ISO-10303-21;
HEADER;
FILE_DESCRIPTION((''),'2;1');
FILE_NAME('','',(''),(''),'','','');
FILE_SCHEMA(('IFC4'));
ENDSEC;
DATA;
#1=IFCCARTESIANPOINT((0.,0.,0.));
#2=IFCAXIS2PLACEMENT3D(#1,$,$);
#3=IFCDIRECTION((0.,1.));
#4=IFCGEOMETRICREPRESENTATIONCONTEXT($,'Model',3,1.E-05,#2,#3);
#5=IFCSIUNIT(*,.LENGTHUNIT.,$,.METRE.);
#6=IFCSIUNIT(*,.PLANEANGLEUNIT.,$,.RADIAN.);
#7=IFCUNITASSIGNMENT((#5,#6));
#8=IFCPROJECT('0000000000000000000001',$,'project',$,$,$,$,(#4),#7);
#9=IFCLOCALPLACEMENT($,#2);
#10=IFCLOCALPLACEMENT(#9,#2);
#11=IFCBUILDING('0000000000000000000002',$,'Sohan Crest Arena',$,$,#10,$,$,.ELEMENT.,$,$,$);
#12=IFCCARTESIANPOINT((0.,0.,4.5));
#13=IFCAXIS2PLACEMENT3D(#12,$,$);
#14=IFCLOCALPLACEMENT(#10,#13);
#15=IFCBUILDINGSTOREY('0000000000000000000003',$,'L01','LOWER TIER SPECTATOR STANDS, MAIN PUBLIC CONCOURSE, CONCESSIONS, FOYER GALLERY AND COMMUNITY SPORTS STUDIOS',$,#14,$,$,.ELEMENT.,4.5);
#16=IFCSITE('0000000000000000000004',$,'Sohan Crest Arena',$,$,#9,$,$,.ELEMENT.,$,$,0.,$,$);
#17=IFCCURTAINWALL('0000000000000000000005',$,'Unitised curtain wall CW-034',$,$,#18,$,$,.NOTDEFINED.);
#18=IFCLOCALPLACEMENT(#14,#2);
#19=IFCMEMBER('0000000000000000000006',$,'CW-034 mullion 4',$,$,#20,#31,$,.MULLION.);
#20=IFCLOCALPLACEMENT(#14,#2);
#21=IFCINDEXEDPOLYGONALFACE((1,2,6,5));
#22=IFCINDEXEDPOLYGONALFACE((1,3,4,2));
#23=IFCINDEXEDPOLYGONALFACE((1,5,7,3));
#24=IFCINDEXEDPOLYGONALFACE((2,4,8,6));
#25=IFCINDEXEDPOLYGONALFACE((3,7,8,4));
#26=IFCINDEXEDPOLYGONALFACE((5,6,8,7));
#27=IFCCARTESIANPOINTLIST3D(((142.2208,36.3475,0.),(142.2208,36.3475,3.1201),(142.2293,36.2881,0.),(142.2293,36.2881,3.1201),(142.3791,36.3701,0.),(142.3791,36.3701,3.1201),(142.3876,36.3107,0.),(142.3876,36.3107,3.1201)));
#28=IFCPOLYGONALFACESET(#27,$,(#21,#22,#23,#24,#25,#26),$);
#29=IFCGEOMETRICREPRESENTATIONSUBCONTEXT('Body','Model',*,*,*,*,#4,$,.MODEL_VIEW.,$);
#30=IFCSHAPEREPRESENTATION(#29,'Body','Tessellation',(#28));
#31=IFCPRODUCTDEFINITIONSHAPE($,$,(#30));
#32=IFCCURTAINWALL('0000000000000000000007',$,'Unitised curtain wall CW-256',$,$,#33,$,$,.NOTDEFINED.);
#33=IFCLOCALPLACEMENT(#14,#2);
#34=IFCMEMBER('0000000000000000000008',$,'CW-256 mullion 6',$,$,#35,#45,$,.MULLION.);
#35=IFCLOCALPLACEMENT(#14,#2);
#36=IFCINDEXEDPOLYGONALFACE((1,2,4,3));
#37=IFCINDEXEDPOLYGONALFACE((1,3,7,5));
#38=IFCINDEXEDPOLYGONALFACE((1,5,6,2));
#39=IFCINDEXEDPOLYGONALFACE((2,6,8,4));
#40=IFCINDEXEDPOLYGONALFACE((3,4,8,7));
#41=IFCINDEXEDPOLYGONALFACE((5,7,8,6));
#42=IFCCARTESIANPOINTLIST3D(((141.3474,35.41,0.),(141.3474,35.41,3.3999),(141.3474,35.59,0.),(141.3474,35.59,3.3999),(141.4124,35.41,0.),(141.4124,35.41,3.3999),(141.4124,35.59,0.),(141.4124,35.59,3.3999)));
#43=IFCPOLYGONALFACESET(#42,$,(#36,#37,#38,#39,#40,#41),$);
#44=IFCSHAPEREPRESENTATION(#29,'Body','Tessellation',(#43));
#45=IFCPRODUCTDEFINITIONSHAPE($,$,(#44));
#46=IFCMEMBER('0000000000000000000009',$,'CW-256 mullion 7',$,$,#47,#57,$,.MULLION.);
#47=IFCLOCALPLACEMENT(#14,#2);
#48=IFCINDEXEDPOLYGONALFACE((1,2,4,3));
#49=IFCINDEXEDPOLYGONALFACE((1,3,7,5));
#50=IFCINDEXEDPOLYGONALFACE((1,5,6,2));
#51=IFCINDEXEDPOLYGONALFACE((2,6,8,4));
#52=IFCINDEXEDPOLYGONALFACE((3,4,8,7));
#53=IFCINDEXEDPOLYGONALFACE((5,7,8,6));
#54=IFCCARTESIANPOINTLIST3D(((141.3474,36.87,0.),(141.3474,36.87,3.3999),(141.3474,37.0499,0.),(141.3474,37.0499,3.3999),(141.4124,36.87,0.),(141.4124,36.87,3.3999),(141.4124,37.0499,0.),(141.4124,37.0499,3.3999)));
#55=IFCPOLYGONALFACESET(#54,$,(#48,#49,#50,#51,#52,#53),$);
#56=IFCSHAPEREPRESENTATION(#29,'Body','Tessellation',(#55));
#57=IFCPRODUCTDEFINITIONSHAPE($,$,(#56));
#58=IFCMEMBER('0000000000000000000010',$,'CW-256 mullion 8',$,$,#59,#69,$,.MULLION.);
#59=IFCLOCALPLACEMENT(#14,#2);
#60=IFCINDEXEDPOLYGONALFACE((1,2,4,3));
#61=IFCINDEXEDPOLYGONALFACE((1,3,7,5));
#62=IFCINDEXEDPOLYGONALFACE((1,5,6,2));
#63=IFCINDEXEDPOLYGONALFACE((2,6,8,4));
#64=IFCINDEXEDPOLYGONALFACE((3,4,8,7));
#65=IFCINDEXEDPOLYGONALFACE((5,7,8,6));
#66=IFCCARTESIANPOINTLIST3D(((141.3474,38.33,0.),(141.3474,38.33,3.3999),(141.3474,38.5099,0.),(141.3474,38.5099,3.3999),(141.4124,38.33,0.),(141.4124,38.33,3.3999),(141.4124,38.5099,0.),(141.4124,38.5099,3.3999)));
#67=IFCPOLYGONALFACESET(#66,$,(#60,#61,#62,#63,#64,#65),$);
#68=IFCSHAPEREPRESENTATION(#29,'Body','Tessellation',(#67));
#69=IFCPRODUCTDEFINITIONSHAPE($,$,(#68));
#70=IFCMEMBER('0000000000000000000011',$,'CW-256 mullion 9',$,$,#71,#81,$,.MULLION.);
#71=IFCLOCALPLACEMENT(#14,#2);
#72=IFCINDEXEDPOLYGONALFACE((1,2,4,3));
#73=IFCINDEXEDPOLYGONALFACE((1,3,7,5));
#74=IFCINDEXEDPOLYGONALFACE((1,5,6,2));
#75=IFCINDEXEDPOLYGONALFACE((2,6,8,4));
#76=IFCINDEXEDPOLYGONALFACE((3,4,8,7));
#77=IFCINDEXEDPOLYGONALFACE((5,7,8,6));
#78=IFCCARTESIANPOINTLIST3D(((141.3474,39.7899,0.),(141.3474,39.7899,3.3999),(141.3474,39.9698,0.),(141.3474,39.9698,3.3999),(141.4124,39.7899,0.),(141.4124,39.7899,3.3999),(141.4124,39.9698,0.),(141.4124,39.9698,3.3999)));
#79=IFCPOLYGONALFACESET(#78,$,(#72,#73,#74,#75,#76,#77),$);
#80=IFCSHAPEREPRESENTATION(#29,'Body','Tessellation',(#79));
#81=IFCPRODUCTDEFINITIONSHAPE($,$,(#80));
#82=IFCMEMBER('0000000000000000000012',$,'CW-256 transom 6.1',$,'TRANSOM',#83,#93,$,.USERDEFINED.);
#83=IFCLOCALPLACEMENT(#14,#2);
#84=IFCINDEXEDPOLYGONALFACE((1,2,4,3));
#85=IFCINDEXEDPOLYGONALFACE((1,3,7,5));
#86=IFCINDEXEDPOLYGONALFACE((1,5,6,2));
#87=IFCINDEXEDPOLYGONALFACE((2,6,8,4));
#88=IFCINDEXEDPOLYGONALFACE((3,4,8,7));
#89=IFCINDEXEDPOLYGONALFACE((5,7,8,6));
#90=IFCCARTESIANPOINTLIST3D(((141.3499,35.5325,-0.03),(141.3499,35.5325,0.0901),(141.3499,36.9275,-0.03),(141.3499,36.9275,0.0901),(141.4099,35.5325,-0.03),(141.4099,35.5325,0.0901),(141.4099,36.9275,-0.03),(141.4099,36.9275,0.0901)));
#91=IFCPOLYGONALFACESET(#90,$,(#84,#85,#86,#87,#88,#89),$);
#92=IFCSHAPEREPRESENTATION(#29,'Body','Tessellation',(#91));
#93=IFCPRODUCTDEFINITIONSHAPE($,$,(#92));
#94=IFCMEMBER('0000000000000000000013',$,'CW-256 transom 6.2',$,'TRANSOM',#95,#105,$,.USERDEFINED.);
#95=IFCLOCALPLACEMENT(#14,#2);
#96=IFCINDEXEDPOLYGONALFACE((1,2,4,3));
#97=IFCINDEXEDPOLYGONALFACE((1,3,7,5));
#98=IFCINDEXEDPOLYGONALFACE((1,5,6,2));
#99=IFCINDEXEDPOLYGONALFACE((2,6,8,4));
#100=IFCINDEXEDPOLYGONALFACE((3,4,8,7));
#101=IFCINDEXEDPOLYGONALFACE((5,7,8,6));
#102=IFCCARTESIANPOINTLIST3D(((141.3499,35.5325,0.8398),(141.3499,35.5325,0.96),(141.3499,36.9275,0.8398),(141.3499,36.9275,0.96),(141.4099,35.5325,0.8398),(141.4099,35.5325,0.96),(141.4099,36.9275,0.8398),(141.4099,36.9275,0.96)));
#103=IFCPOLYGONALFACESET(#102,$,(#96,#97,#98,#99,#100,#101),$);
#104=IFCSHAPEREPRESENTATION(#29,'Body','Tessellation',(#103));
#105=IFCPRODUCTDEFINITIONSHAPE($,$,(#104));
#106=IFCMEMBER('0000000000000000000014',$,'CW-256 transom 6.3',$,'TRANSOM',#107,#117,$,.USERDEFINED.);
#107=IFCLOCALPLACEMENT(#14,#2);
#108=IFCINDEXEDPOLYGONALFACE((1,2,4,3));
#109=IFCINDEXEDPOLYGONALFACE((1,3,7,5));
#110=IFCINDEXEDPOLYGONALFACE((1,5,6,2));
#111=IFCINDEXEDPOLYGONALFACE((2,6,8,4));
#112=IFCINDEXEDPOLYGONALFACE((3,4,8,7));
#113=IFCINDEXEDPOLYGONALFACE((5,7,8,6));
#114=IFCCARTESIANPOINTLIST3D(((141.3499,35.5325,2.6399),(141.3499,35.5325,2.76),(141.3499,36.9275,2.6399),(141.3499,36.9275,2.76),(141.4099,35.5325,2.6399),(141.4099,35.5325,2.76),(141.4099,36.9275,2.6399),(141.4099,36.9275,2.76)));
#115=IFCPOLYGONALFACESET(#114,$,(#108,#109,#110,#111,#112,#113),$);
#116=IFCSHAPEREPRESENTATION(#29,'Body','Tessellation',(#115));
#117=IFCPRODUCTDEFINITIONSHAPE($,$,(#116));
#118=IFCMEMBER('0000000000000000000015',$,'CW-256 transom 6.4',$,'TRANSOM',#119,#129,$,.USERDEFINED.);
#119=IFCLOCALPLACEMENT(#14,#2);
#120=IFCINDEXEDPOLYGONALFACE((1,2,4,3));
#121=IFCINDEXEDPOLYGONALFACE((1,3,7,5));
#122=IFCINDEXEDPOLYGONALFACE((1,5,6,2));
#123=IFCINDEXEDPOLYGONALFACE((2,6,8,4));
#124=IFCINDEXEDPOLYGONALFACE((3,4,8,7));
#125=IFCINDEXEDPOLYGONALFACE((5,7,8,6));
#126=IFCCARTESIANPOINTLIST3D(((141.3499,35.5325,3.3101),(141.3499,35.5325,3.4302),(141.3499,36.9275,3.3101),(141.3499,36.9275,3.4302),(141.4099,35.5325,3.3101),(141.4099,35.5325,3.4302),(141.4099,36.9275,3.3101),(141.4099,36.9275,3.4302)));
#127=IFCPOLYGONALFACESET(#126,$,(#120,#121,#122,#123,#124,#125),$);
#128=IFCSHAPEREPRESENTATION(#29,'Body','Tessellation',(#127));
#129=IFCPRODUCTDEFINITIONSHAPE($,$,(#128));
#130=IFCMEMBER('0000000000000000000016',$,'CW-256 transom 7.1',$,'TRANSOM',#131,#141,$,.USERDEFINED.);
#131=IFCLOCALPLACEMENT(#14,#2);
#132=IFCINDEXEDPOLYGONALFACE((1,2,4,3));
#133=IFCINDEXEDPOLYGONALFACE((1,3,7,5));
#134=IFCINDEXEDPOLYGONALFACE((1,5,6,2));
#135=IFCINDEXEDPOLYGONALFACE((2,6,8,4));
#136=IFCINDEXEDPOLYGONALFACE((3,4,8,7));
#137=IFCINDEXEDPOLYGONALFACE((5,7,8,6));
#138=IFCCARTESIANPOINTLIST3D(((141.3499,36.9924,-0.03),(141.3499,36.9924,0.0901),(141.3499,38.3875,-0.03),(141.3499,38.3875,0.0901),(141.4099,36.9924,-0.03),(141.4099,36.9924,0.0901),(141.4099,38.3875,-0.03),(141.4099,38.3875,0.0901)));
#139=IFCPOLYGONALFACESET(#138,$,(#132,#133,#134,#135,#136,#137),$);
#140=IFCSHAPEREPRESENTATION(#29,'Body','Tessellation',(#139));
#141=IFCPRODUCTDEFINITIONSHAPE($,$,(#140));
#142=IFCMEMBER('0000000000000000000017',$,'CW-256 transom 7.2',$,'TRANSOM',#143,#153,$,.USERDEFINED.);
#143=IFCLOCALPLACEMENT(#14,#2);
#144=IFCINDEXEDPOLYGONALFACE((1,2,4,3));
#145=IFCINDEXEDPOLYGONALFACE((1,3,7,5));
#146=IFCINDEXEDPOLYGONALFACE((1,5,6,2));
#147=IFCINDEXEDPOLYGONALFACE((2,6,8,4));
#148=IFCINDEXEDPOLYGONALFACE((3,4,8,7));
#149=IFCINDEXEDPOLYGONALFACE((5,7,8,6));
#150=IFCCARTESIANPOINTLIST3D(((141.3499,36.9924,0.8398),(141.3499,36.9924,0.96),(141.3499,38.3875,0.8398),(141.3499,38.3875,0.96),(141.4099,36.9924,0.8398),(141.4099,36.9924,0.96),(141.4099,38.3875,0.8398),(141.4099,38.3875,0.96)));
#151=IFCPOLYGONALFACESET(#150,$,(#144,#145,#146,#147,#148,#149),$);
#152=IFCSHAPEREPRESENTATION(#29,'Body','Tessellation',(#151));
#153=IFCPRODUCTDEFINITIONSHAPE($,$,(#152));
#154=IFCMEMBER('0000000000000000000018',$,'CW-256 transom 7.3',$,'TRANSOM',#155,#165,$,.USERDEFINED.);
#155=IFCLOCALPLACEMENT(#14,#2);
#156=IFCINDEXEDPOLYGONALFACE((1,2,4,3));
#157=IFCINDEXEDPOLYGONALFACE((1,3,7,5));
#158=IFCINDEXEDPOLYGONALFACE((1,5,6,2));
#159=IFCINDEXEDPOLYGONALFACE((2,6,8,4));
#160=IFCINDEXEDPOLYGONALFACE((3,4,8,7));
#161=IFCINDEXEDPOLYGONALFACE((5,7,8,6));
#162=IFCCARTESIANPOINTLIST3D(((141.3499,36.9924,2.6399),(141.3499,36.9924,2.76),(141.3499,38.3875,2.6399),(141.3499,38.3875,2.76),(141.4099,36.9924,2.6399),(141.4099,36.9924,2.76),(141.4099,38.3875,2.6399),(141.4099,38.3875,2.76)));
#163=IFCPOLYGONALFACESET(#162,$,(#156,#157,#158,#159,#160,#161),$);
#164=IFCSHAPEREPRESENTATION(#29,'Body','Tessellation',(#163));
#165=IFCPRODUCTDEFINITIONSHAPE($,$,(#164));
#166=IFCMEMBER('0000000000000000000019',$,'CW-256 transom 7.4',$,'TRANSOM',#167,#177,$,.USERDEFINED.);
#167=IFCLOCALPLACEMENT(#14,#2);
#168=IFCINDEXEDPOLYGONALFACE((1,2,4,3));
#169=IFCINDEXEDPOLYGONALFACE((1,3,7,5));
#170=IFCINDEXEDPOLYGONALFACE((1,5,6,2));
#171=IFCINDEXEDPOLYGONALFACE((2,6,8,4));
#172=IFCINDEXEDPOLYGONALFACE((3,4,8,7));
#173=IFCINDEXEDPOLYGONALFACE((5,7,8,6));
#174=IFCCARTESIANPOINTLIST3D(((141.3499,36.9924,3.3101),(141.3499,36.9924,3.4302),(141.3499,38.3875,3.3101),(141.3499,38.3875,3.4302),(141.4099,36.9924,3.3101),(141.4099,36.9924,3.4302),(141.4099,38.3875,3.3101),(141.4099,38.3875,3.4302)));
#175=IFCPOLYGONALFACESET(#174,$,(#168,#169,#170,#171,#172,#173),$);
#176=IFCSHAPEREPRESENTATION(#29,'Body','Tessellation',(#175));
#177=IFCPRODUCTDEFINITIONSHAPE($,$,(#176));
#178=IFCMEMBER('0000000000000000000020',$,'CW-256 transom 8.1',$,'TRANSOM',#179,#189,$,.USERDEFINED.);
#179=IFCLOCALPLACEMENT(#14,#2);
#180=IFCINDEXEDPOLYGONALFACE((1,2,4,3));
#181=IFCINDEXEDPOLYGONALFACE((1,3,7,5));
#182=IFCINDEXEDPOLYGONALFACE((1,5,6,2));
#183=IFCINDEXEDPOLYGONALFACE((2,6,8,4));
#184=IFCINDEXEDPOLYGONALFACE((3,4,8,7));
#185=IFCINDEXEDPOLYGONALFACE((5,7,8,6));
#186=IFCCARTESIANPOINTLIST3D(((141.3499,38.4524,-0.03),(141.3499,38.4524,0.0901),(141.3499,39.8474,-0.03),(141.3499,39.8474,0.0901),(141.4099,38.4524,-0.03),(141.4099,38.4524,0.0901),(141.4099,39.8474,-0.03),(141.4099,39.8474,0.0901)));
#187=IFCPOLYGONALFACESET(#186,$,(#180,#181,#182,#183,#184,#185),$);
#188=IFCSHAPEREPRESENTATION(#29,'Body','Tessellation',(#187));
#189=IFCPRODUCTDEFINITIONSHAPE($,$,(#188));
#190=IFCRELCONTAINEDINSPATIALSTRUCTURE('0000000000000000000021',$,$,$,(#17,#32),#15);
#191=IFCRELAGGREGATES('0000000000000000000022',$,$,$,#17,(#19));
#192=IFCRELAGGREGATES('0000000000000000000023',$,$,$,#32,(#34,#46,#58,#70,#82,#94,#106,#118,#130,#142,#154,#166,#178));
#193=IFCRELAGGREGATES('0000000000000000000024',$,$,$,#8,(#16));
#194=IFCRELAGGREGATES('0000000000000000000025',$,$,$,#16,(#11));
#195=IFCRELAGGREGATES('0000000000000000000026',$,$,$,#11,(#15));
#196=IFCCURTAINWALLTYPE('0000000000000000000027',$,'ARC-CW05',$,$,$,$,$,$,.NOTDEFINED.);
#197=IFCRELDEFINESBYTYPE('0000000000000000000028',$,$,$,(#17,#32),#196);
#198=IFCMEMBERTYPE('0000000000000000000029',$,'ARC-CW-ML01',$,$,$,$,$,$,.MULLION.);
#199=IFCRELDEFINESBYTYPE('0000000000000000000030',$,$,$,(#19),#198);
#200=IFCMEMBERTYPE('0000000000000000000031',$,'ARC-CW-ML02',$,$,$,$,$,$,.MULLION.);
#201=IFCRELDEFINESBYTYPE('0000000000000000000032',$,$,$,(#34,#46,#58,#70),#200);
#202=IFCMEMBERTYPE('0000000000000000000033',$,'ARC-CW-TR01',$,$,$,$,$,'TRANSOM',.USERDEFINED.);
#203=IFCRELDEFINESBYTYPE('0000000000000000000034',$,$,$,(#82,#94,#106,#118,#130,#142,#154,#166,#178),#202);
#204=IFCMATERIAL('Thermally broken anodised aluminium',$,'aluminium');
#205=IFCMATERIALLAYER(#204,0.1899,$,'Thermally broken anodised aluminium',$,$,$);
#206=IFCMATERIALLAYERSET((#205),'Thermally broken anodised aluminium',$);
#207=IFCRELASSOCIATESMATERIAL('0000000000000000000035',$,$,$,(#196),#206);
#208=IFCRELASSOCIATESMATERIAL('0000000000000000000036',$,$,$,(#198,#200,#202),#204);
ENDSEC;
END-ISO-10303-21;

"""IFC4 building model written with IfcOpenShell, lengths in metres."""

from ifc_helpers import new_model, si_unit, direction, frame, origin, origin_2d, place, context, subcontext, project, spatial, rectangle, extrude, material, layer, layer_set, material_profile, profile_set, type_object, element, aggregate, save


model = new_model("IFC4")

# Units and contexts
model_context = context("Model", 3, precision=1e-05, world=origin(), true_north=direction((0.0, 1.0)))
body_context = subcontext(model_context, "Body", "Model", "MODEL_VIEW")
ifc_project = project(units=[si_unit("LENGTHUNIT", "METRE"), si_unit("PLANEANGLEUNIT", "RADIAN")], contexts=[model_context])

# Site, building, storey
site_placement = place(None, origin())
site = spatial("IfcSite", under=ifc_project, at=site_placement, Name="Sohan Crest Arena", CompositionType="ELEMENT", RefElevation=0.0)
building_placement = place(site_placement, origin())
building = spatial("IfcBuilding", under=site, at=building_placement, Name="Sohan Crest Arena", CompositionType="ELEMENT")
storey_placement = place(building_placement, frame((0.0, 0.0, 4.5)))
storey = spatial("IfcBuildingStorey", under=building, at=storey_placement, Name="L01", Description="LOWER TIER SPECTATOR STANDS, MAIN PUBLIC CONCOURSE, CONCESSIONS, FOYER GALLERY AND COMMUNITY SPORTS STUDIOS", CompositionType="ELEMENT", Elevation=4.5)

# Curtain wall, member
ifc_material_1 = material(Name="Thermally broken anodised aluminium", Category="aluminium")
ifc_layer_1 = layer(ifc_material_1, 0.1899, Name="Thermally broken anodised aluminium")
ifc_layer_set_1 = layer_set([ifc_layer_1], Name="Thermally broken anodised aluminium")
curtain_wall_type = type_object("IfcCurtainWallType", Name="ARC-CW05", PredefinedType="NOTDEFINED", material=ifc_layer_set_1)
curtain_wall_1_placement = place(storey_placement, origin())
curtain_wall_1 = element("IfcCurtainWall", 1, at=curtain_wall_1_placement, inside=storey, type_object=curtain_wall_type, Name="Unitised curtain wall CW-034", PredefinedType="NOTDEFINED")
ifc_material_profile_1 = material_profile(ifc_material_1, rectangle(XDim=0.0601, YDim=0.1599, at=origin_2d()), Name="ALU-MULL 60x160")
ifc_profile_set_1 = profile_set([ifc_material_profile_1], Name="Thermally broken anodised aluminium")
member_type_1 = type_object("IfcMemberType", Name="ARC-CW-ML01", PredefinedType="MULLION", material=ifc_profile_set_1)
member_1_placement = place(storey_placement, frame((142.3042, 36.3291, 0.0), z_axis=(0.0, 0.0, 1.0), x_axis=(-0.141549, 0.989931, 0.0)))
member_1 = element("IfcMember", 2, at=member_1_placement, type_object=member_type_1, Name="CW-034 mullion 4", PredefinedType="MULLION", context=body_context, shape_type="SweptSolid", body=[
    extrude(rectangle(XDim=0.0601, YDim=0.1599, at=origin_2d()), origin(), (0.0, 0.0, 1.0), 3.1201),
])

# Curtain wall, members
curtain_wall_2_placement = place(storey_placement, origin())
curtain_wall_2 = element("IfcCurtainWall", 3, at=curtain_wall_2_placement, inside=storey, type_object=curtain_wall_type, Name="Unitised curtain wall CW-256", PredefinedType="NOTDEFINED")
ifc_material_profile_2 = material_profile(ifc_material_1, rectangle(XDim=0.0649, YDim=0.1799, at=origin_2d()), Name="ALU-MULL 65x180")
ifc_profile_set_2 = profile_set([ifc_material_profile_2], Name="Thermally broken anodised aluminium")
member_type_2 = type_object("IfcMemberType", Name="ARC-CW-ML02", PredefinedType="MULLION", material=ifc_profile_set_2)
member_2_placement = place(storey_placement, frame((141.3799, 35.5, 0.0), z_axis=(0.0, 0.0, 1.0), x_axis=(-1.0, 0.0, 0.0)))
member_2 = element("IfcMember", 4, at=member_2_placement, type_object=member_type_2, Name="CW-256 mullion 6", PredefinedType="MULLION", context=body_context, shape_type="SweptSolid", body=[
    extrude(rectangle(XDim=0.0649, YDim=0.1799, at=origin_2d()), origin(), (0.0, 0.0, 1.0), 3.3999),
])
member_3_placement = place(storey_placement, frame((141.3799, 36.96, 0.0), z_axis=(0.0, 0.0, 1.0), x_axis=(-1.0, 0.0, 0.0)))
member_3 = element("IfcMember", 5, at=member_3_placement, type_object=member_type_2, Name="CW-256 mullion 7", PredefinedType="MULLION", context=body_context, shape_type="SweptSolid", body=[
    extrude(rectangle(XDim=0.0649, YDim=0.1799, at=origin_2d()), origin(), (0.0, 0.0, 1.0), 3.3999),
])
member_4_placement = place(storey_placement, frame((141.3799, 38.4199, 0.0), z_axis=(0.0, 0.0, 1.0), x_axis=(-1.0, 0.0, 0.0)))
member_4 = element("IfcMember", 6, at=member_4_placement, type_object=member_type_2, Name="CW-256 mullion 8", PredefinedType="MULLION", context=body_context, shape_type="SweptSolid", body=[
    extrude(rectangle(XDim=0.0649, YDim=0.1799, at=origin_2d()), origin(), (0.0, 0.0, 1.0), 3.3999),
])
member_5_placement = place(storey_placement, frame((141.3799, 39.8799, 0.0), z_axis=(0.0, 0.0, 1.0), x_axis=(-1.0, 0.0, 0.0)))
member_5 = element("IfcMember", 7, at=member_5_placement, type_object=member_type_2, Name="CW-256 mullion 9", PredefinedType="MULLION", context=body_context, shape_type="SweptSolid", body=[
    extrude(rectangle(XDim=0.0649, YDim=0.1799, at=origin_2d()), origin(), (0.0, 0.0, 1.0), 3.3999),
])
ifc_material_profile_3 = material_profile(ifc_material_1, rectangle(XDim=0.0601, YDim=0.1201, at=origin_2d()), Name="ALU-TRAN 60x120")
ifc_profile_set_3 = profile_set([ifc_material_profile_3], Name="Thermally broken anodised aluminium")
member_type_3 = type_object("IfcMemberType", Name="ARC-CW-TR01", ElementType="TRANSOM", PredefinedType="USERDEFINED", material=ifc_profile_set_3)
member_6_placement = place(storey_placement, frame((141.3799, 35.5325, 0.03), z_axis=(0.0, 1.0, 0.0), x_axis=(-1.0, 0.0, 0.0)))
member_6 = element("IfcMember", 8, at=member_6_placement, type_object=member_type_3, Name="CW-256 transom 6.1", ObjectType="TRANSOM", PredefinedType="USERDEFINED", context=body_context, shape_type="SweptSolid", body=[
    extrude(rectangle(XDim=0.0601, YDim=0.1201, at=origin_2d()), origin(), (0.0, 0.0, 1.0), 1.395),
])
member_7_placement = place(storey_placement, frame((141.3799, 35.5325, 0.8999), z_axis=(0.0, 1.0, 0.0), x_axis=(-1.0, 0.0, 0.0)))
member_7 = element("IfcMember", 9, at=member_7_placement, type_object=member_type_3, Name="CW-256 transom 6.2", ObjectType="TRANSOM", PredefinedType="USERDEFINED", context=body_context, shape_type="SweptSolid", body=[
    extrude(rectangle(XDim=0.0601, YDim=0.1201, at=origin_2d()), origin(), (0.0, 0.0, 1.0), 1.395),
])
member_8_placement = place(storey_placement, frame((141.3799, 35.5325, 2.7), z_axis=(0.0, 1.0, 0.0), x_axis=(-1.0, 0.0, 0.0)))
member_8 = element("IfcMember", 10, at=member_8_placement, type_object=member_type_3, Name="CW-256 transom 6.3", ObjectType="TRANSOM", PredefinedType="USERDEFINED", context=body_context, shape_type="SweptSolid", body=[
    extrude(rectangle(XDim=0.0601, YDim=0.1201, at=origin_2d()), origin(), (0.0, 0.0, 1.0), 1.395),
])
member_9_placement = place(storey_placement, frame((141.3799, 35.5325, 3.3701), z_axis=(0.0, 1.0, 0.0), x_axis=(-1.0, 0.0, 0.0)))
member_9 = element("IfcMember", 11, at=member_9_placement, type_object=member_type_3, Name="CW-256 transom 6.4", ObjectType="TRANSOM", PredefinedType="USERDEFINED", context=body_context, shape_type="SweptSolid", body=[
    extrude(rectangle(XDim=0.0601, YDim=0.1201, at=origin_2d()), origin(), (0.0, 0.0, 1.0), 1.395),
])
member_10_placement = place(storey_placement, frame((141.3799, 36.9924, 0.03), z_axis=(0.0, 1.0, 0.0), x_axis=(-1.0, 0.0, 0.0)))
member_10 = element("IfcMember", 12, at=member_10_placement, type_object=member_type_3, Name="CW-256 transom 7.1", ObjectType="TRANSOM", PredefinedType="USERDEFINED", context=body_context, shape_type="SweptSolid", body=[
    extrude(rectangle(XDim=0.0601, YDim=0.1201, at=origin_2d()), origin(), (0.0, 0.0, 1.0), 1.395),
])
member_11_placement = place(storey_placement, frame((141.3799, 36.9924, 0.8999), z_axis=(0.0, 1.0, 0.0), x_axis=(-1.0, 0.0, 0.0)))
member_11 = element("IfcMember", 13, at=member_11_placement, type_object=member_type_3, Name="CW-256 transom 7.2", ObjectType="TRANSOM", PredefinedType="USERDEFINED", context=body_context, shape_type="SweptSolid", body=[
    extrude(rectangle(XDim=0.0601, YDim=0.1201, at=origin_2d()), origin(), (0.0, 0.0, 1.0), 1.395),
])
member_12_placement = place(storey_placement, frame((141.3799, 36.9924, 2.7), z_axis=(0.0, 1.0, 0.0), x_axis=(-1.0, 0.0, 0.0)))
member_12 = element("IfcMember", 14, at=member_12_placement, type_object=member_type_3, Name="CW-256 transom 7.3", ObjectType="TRANSOM", PredefinedType="USERDEFINED", context=body_context, shape_type="SweptSolid", body=[
    extrude(rectangle(XDim=0.0601, YDim=0.1201, at=origin_2d()), origin(), (0.0, 0.0, 1.0), 1.395),
])
member_13_placement = place(storey_placement, frame((141.3799, 36.9924, 3.3701), z_axis=(0.0, 1.0, 0.0), x_axis=(-1.0, 0.0, 0.0)))
member_13 = element("IfcMember", 15, at=member_13_placement, type_object=member_type_3, Name="CW-256 transom 7.4", ObjectType="TRANSOM", PredefinedType="USERDEFINED", context=body_context, shape_type="SweptSolid", body=[
    extrude(rectangle(XDim=0.0601, YDim=0.1201, at=origin_2d()), origin(), (0.0, 0.0, 1.0), 1.395),
])
member_14_placement = place(storey_placement, frame((141.3799, 38.4524, 0.03), z_axis=(0.0, 1.0, 0.0), x_axis=(-1.0, 0.0, 0.0)))
member_14 = element("IfcMember", 16, at=member_14_placement, type_object=member_type_3, Name="CW-256 transom 8.1", ObjectType="TRANSOM", PredefinedType="USERDEFINED", context=body_context, shape_type="SweptSolid", body=[
    extrude(rectangle(XDim=0.0601, YDim=0.1201, at=origin_2d()), origin(), (0.0, 0.0, 1.0), 1.395),
])

aggregate(curtain_wall_1, [member_1])
aggregate(curtain_wall_2, [member_2, member_3, member_4, member_5, member_6, member_7, member_8, member_9, member_10, member_11, member_12, member_13, member_14])

save(model, "model.ifc")
